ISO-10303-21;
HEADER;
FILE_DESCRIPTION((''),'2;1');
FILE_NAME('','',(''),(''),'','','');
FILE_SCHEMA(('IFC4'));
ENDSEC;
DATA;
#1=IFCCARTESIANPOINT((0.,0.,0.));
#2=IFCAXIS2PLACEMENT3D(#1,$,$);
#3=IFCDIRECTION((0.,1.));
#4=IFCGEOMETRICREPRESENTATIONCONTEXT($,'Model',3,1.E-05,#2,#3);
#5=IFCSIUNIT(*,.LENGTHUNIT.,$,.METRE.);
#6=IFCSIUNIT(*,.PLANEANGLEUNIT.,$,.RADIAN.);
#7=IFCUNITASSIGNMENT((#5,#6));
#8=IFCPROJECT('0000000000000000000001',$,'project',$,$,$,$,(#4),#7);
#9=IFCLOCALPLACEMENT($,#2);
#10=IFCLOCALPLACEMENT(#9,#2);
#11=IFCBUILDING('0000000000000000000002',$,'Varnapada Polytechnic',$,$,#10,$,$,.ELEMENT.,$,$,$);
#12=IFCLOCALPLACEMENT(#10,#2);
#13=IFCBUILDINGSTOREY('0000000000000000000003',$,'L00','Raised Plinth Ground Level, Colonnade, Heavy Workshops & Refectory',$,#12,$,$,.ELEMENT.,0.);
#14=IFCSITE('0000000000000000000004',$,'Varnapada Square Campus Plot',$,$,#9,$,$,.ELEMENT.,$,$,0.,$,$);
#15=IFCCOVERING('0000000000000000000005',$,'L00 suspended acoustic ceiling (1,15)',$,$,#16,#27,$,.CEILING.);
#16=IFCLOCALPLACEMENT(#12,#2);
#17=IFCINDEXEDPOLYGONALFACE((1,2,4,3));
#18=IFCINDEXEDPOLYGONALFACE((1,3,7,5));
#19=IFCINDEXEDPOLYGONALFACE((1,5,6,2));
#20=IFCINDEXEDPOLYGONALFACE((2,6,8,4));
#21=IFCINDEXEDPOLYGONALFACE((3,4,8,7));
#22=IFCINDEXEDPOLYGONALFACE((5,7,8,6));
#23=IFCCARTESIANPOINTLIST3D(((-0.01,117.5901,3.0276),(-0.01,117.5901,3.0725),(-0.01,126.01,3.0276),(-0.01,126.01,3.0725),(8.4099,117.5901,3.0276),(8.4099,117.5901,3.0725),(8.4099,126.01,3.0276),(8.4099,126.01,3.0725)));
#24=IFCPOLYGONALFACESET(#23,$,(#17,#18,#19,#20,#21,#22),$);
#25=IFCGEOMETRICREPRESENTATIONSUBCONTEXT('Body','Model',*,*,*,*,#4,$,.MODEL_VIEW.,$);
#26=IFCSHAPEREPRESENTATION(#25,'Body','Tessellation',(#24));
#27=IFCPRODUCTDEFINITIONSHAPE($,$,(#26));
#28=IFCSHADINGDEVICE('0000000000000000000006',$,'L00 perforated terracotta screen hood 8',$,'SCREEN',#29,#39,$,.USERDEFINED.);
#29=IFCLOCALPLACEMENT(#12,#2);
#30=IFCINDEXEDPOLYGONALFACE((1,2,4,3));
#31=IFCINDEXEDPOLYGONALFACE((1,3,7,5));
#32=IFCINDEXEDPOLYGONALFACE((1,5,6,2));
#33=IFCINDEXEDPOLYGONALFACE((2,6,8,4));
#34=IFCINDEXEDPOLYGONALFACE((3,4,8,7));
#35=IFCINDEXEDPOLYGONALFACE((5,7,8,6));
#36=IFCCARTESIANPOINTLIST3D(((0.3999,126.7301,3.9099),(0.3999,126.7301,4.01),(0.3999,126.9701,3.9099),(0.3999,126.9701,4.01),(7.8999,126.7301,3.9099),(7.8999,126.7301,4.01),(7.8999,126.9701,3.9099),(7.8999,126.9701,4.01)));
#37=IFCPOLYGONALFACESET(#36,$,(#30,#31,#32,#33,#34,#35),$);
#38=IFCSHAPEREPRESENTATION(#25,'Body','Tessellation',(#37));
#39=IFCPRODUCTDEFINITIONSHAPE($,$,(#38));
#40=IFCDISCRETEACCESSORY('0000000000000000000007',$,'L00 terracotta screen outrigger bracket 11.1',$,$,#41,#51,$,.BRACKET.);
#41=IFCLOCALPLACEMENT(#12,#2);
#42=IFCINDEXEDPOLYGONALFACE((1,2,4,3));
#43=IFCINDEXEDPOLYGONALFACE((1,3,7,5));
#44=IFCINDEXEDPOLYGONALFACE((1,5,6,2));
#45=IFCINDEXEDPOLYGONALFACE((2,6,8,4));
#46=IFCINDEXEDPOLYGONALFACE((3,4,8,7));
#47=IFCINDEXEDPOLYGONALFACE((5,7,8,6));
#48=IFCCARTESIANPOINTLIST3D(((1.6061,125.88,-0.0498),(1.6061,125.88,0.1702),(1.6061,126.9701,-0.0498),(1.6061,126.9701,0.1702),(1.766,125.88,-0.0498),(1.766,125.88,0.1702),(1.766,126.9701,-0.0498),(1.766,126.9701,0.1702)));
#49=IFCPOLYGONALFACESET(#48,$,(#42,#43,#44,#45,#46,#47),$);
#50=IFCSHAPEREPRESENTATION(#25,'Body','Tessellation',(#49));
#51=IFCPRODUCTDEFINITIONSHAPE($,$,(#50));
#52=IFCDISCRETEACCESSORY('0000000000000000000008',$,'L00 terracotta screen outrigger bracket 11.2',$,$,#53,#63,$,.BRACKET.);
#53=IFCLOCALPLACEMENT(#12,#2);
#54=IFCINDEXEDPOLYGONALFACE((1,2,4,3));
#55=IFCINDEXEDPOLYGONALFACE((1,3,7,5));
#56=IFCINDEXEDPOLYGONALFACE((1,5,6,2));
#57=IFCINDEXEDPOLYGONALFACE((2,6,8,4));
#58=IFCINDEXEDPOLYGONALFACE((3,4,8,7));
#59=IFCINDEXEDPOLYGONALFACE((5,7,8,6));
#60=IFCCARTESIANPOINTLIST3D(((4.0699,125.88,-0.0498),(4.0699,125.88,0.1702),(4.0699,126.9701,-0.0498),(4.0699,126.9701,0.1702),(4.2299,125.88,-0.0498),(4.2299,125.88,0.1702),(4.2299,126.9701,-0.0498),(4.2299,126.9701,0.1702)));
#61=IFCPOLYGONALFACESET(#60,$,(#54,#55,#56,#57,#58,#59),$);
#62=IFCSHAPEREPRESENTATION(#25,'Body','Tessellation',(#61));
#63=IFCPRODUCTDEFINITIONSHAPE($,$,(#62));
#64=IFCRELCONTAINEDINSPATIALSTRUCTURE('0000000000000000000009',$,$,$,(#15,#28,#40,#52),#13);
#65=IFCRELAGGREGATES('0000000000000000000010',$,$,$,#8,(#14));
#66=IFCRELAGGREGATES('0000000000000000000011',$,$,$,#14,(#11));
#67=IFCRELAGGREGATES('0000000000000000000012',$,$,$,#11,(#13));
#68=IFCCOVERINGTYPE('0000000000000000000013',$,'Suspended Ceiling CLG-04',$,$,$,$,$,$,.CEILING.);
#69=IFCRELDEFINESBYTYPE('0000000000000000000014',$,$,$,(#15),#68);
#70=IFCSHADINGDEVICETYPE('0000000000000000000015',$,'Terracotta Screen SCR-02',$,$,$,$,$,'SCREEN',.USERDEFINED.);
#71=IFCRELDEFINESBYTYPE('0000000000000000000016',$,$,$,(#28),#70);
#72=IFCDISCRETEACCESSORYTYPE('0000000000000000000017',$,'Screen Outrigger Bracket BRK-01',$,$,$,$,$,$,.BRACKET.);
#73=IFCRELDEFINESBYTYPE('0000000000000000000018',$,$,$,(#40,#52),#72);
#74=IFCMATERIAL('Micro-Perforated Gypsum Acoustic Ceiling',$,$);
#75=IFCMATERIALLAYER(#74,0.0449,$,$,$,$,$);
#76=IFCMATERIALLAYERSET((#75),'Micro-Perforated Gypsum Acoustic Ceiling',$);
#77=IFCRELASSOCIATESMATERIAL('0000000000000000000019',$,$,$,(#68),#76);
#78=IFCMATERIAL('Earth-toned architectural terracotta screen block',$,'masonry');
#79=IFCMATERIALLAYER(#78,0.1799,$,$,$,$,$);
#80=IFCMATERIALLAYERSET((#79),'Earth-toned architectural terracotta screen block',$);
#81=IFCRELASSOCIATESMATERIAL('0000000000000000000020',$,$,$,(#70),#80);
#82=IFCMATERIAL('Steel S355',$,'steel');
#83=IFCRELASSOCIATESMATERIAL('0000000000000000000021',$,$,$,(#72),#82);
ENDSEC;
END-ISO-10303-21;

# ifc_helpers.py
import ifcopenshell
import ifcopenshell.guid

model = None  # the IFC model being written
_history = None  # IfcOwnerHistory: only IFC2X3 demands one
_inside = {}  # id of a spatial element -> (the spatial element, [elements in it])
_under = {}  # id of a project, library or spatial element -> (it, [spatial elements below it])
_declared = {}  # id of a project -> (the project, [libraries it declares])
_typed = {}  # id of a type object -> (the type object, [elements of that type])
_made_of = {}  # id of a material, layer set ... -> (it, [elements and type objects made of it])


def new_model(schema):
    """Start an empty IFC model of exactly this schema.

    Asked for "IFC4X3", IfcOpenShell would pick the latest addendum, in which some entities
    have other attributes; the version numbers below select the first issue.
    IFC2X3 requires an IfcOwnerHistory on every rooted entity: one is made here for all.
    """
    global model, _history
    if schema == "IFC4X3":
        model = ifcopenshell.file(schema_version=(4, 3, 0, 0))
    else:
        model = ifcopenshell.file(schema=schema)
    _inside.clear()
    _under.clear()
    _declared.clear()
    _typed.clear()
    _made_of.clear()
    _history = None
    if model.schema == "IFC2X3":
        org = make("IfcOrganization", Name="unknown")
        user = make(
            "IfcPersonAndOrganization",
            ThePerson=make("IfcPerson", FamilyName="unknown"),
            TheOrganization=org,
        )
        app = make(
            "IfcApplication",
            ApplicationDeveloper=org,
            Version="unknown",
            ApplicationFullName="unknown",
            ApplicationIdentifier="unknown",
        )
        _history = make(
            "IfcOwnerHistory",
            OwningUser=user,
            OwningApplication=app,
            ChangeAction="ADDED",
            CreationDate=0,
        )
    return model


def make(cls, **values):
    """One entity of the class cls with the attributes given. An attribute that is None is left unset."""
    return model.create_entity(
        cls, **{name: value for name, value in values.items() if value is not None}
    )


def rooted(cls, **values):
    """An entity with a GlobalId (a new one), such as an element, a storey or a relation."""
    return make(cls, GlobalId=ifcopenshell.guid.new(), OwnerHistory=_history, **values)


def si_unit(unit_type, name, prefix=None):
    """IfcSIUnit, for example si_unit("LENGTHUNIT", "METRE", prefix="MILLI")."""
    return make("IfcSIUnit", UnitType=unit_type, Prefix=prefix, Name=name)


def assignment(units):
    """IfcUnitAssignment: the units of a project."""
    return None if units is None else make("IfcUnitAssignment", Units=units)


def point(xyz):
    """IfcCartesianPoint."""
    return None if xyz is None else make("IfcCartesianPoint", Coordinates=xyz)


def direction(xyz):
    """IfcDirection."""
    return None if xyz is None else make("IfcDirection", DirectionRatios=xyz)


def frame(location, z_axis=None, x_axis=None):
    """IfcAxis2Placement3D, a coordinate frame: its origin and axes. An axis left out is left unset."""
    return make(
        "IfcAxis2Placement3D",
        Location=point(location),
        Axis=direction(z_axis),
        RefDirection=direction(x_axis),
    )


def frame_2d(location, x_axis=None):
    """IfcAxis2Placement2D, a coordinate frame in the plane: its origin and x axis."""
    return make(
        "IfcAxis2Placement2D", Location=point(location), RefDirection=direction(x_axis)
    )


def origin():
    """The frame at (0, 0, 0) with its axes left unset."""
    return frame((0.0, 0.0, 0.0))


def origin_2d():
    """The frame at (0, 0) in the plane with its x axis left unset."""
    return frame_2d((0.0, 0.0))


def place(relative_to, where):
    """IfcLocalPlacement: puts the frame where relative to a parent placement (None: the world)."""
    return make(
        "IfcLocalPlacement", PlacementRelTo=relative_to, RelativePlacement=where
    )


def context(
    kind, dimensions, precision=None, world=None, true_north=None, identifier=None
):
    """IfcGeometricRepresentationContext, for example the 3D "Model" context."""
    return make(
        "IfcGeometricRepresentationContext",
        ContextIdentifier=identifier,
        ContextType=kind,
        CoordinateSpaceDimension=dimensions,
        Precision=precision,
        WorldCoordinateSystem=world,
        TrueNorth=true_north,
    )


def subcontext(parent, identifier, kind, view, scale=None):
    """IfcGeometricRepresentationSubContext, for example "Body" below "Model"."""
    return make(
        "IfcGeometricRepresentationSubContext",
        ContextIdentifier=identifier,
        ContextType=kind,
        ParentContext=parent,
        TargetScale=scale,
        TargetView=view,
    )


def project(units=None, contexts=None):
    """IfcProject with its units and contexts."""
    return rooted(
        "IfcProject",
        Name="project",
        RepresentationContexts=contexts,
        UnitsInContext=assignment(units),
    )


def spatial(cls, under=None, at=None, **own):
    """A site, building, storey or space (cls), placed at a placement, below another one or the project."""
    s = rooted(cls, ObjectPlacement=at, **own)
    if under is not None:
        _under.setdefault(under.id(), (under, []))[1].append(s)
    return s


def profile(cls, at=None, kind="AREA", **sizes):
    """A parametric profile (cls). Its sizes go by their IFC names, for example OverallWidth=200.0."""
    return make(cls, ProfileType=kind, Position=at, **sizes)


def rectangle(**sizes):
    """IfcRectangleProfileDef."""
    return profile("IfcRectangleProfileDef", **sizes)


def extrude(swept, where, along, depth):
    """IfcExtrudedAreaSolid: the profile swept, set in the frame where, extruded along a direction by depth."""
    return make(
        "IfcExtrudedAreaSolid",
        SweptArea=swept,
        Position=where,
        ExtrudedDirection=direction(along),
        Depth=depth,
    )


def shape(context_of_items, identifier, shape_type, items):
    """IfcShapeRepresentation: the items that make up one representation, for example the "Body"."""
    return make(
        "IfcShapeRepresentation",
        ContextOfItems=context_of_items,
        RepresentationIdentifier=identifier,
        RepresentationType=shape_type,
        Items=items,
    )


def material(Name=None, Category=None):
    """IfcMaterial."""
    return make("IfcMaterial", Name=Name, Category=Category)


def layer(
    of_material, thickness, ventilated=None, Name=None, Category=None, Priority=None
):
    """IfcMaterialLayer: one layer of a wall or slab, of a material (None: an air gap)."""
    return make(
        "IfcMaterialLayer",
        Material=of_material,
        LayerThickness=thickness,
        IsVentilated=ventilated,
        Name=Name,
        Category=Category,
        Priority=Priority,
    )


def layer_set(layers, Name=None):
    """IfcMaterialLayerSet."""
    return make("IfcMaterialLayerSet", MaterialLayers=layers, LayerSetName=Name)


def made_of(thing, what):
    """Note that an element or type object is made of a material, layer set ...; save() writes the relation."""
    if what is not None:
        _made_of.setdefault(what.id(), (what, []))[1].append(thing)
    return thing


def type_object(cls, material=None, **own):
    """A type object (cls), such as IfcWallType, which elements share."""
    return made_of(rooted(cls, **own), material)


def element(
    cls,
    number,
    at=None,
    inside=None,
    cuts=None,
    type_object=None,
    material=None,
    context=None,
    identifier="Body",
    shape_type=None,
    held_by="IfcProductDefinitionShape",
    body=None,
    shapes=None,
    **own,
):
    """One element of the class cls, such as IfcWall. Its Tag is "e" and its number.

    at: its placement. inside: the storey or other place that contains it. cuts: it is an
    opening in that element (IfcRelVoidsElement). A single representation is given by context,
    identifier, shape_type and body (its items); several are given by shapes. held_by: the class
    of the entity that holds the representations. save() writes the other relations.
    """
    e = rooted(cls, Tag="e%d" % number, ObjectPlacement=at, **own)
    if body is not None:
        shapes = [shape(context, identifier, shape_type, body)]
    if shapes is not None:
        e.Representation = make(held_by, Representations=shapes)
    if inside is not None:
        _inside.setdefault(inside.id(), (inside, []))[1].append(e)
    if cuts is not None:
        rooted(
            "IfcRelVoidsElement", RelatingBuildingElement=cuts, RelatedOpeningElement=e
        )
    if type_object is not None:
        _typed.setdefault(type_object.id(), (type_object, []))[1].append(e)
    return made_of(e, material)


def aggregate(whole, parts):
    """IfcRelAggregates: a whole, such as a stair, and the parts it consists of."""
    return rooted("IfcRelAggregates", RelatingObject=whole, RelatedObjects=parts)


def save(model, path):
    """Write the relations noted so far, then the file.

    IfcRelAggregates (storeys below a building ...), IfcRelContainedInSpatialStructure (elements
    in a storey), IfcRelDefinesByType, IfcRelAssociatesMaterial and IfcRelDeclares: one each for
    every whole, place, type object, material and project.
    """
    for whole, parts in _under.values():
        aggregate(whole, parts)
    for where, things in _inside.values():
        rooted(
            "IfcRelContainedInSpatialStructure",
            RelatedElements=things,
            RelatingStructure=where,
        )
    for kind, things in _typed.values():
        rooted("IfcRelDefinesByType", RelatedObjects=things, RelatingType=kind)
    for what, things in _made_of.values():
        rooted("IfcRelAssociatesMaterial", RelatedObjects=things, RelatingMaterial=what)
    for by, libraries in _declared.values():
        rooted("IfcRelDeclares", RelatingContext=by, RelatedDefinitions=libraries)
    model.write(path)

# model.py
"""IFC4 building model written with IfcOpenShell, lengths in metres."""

from ifc_helpers import new_model, si_unit, direction, frame, origin, origin_2d, place, context, subcontext, project, spatial, rectangle, extrude, material, layer, layer_set, type_object, element, save


model = new_model("IFC4")

# Units and contexts
model_context = context("Model", 3, precision=1e-05, world=origin(), true_north=direction((0.0, 1.0)))
body_context = subcontext(model_context, "Body", "Model", "MODEL_VIEW")
ifc_project = project(units=[si_unit("LENGTHUNIT", "METRE"), si_unit("PLANEANGLEUNIT", "RADIAN")], contexts=[model_context])

# Site, building, storey
site_placement = place(None, origin())
site = spatial("IfcSite", under=ifc_project, at=site_placement, Name="Varnapada Square Campus Plot", CompositionType="ELEMENT", RefElevation=0.0)
building_placement = place(site_placement, origin())
building = spatial("IfcBuilding", under=site, at=building_placement, Name="Varnapada Polytechnic", CompositionType="ELEMENT")
storey_placement = place(building_placement, origin())
storey = spatial("IfcBuildingStorey", under=building, at=storey_placement, Name="L00", Description="Raised Plinth Ground Level, Colonnade, Heavy Workshops & Refectory", CompositionType="ELEMENT", Elevation=0.0)

# Shared definitions
ifc_material_1 = material(Name="Steel S355", Category="steel")

# Covering
ifc_material_2 = material(Name="Micro-Perforated Gypsum Acoustic Ceiling")
ifc_layer_1 = layer(ifc_material_2, 0.0449)
ifc_layer_set_1 = layer_set([ifc_layer_1], Name="Micro-Perforated Gypsum Acoustic Ceiling")
covering_type_1 = type_object("IfcCoveringType", Name="Suspended Ceiling CLG-04", PredefinedType="CEILING", material=ifc_layer_set_1)
covering_1_placement = place(storey_placement, frame((4.2, 121.8, 3.0276), z_axis=(0.0, 0.0, 1.0), x_axis=(1.0, 0.0, 0.0)))
element("IfcCovering", 1, at=covering_1_placement, inside=storey, type_object=covering_type_1, Name="L00 suspended acoustic ceiling (1,15)", PredefinedType="CEILING", context=body_context, shape_type="SweptSolid", body=[
    extrude(rectangle(XDim=8.4199, YDim=8.4199, at=origin_2d()), origin(), (0.0, 0.0, 1.0), 0.0449),
])

# Shared definitions
ifc_material_3 = material(Name="Earth-toned architectural terracotta screen block", Category="masonry")

# Shading device
ifc_layer_2 = layer(ifc_material_3, 0.1799)
ifc_layer_set_2 = layer_set([ifc_layer_2], Name="Earth-toned architectural terracotta screen block")
shading_device_type = type_object("IfcShadingDeviceType", Name="Terracotta Screen SCR-02", ElementType="SCREEN", PredefinedType="USERDEFINED", material=ifc_layer_set_2)
shading_device_placement = place(storey_placement, frame((4.1499, 126.8501, 3.9099), z_axis=(0.0, 0.0, 1.0), x_axis=(1.0, 0.0, 0.0)))
element("IfcShadingDevice", 2, at=shading_device_placement, inside=storey, type_object=shading_device_type, Name="L00 perforated terracotta screen hood 8", ObjectType="SCREEN", PredefinedType="USERDEFINED", context=body_context, shape_type="SweptSolid", body=[
    extrude(rectangle(XDim=7.5, YDim=0.24, at=origin_2d()), origin(), (0.0, 0.0, 1.0), 0.1001),
])

# Discrete accessories
discrete_accessory_type = type_object("IfcDiscreteAccessoryType", Name="Screen Outrigger Bracket BRK-01", PredefinedType="BRACKET", material=ifc_material_1)
for number, where, z_axis, x_axis, name in (
    (3, (1.686, 126.425, -0.0498), (0.0, 0.0, 1.0), (1.0, 0.0, 0.0), "L00 terracotta screen outrigger bracket 11.1"),
    (4, (4.1499, 126.425, -0.0498), (0.0, 0.0, 1.0), (1.0, 0.0, 0.0), "L00 terracotta screen outrigger bracket 11.2"),
):
    element("IfcDiscreteAccessory", number, at=place(storey_placement, frame(where, z_axis=z_axis, x_axis=x_axis)), inside=storey, type_object=discrete_accessory_type, Name=name, PredefinedType="BRACKET", context=body_context, shape_type="SweptSolid", body=[
        extrude(rectangle(XDim=0.1599, YDim=1.0901, at=origin_2d()), origin(), (0.0, 0.0, 1.0), 0.22),
    ])

save(model, "model.ifc")
